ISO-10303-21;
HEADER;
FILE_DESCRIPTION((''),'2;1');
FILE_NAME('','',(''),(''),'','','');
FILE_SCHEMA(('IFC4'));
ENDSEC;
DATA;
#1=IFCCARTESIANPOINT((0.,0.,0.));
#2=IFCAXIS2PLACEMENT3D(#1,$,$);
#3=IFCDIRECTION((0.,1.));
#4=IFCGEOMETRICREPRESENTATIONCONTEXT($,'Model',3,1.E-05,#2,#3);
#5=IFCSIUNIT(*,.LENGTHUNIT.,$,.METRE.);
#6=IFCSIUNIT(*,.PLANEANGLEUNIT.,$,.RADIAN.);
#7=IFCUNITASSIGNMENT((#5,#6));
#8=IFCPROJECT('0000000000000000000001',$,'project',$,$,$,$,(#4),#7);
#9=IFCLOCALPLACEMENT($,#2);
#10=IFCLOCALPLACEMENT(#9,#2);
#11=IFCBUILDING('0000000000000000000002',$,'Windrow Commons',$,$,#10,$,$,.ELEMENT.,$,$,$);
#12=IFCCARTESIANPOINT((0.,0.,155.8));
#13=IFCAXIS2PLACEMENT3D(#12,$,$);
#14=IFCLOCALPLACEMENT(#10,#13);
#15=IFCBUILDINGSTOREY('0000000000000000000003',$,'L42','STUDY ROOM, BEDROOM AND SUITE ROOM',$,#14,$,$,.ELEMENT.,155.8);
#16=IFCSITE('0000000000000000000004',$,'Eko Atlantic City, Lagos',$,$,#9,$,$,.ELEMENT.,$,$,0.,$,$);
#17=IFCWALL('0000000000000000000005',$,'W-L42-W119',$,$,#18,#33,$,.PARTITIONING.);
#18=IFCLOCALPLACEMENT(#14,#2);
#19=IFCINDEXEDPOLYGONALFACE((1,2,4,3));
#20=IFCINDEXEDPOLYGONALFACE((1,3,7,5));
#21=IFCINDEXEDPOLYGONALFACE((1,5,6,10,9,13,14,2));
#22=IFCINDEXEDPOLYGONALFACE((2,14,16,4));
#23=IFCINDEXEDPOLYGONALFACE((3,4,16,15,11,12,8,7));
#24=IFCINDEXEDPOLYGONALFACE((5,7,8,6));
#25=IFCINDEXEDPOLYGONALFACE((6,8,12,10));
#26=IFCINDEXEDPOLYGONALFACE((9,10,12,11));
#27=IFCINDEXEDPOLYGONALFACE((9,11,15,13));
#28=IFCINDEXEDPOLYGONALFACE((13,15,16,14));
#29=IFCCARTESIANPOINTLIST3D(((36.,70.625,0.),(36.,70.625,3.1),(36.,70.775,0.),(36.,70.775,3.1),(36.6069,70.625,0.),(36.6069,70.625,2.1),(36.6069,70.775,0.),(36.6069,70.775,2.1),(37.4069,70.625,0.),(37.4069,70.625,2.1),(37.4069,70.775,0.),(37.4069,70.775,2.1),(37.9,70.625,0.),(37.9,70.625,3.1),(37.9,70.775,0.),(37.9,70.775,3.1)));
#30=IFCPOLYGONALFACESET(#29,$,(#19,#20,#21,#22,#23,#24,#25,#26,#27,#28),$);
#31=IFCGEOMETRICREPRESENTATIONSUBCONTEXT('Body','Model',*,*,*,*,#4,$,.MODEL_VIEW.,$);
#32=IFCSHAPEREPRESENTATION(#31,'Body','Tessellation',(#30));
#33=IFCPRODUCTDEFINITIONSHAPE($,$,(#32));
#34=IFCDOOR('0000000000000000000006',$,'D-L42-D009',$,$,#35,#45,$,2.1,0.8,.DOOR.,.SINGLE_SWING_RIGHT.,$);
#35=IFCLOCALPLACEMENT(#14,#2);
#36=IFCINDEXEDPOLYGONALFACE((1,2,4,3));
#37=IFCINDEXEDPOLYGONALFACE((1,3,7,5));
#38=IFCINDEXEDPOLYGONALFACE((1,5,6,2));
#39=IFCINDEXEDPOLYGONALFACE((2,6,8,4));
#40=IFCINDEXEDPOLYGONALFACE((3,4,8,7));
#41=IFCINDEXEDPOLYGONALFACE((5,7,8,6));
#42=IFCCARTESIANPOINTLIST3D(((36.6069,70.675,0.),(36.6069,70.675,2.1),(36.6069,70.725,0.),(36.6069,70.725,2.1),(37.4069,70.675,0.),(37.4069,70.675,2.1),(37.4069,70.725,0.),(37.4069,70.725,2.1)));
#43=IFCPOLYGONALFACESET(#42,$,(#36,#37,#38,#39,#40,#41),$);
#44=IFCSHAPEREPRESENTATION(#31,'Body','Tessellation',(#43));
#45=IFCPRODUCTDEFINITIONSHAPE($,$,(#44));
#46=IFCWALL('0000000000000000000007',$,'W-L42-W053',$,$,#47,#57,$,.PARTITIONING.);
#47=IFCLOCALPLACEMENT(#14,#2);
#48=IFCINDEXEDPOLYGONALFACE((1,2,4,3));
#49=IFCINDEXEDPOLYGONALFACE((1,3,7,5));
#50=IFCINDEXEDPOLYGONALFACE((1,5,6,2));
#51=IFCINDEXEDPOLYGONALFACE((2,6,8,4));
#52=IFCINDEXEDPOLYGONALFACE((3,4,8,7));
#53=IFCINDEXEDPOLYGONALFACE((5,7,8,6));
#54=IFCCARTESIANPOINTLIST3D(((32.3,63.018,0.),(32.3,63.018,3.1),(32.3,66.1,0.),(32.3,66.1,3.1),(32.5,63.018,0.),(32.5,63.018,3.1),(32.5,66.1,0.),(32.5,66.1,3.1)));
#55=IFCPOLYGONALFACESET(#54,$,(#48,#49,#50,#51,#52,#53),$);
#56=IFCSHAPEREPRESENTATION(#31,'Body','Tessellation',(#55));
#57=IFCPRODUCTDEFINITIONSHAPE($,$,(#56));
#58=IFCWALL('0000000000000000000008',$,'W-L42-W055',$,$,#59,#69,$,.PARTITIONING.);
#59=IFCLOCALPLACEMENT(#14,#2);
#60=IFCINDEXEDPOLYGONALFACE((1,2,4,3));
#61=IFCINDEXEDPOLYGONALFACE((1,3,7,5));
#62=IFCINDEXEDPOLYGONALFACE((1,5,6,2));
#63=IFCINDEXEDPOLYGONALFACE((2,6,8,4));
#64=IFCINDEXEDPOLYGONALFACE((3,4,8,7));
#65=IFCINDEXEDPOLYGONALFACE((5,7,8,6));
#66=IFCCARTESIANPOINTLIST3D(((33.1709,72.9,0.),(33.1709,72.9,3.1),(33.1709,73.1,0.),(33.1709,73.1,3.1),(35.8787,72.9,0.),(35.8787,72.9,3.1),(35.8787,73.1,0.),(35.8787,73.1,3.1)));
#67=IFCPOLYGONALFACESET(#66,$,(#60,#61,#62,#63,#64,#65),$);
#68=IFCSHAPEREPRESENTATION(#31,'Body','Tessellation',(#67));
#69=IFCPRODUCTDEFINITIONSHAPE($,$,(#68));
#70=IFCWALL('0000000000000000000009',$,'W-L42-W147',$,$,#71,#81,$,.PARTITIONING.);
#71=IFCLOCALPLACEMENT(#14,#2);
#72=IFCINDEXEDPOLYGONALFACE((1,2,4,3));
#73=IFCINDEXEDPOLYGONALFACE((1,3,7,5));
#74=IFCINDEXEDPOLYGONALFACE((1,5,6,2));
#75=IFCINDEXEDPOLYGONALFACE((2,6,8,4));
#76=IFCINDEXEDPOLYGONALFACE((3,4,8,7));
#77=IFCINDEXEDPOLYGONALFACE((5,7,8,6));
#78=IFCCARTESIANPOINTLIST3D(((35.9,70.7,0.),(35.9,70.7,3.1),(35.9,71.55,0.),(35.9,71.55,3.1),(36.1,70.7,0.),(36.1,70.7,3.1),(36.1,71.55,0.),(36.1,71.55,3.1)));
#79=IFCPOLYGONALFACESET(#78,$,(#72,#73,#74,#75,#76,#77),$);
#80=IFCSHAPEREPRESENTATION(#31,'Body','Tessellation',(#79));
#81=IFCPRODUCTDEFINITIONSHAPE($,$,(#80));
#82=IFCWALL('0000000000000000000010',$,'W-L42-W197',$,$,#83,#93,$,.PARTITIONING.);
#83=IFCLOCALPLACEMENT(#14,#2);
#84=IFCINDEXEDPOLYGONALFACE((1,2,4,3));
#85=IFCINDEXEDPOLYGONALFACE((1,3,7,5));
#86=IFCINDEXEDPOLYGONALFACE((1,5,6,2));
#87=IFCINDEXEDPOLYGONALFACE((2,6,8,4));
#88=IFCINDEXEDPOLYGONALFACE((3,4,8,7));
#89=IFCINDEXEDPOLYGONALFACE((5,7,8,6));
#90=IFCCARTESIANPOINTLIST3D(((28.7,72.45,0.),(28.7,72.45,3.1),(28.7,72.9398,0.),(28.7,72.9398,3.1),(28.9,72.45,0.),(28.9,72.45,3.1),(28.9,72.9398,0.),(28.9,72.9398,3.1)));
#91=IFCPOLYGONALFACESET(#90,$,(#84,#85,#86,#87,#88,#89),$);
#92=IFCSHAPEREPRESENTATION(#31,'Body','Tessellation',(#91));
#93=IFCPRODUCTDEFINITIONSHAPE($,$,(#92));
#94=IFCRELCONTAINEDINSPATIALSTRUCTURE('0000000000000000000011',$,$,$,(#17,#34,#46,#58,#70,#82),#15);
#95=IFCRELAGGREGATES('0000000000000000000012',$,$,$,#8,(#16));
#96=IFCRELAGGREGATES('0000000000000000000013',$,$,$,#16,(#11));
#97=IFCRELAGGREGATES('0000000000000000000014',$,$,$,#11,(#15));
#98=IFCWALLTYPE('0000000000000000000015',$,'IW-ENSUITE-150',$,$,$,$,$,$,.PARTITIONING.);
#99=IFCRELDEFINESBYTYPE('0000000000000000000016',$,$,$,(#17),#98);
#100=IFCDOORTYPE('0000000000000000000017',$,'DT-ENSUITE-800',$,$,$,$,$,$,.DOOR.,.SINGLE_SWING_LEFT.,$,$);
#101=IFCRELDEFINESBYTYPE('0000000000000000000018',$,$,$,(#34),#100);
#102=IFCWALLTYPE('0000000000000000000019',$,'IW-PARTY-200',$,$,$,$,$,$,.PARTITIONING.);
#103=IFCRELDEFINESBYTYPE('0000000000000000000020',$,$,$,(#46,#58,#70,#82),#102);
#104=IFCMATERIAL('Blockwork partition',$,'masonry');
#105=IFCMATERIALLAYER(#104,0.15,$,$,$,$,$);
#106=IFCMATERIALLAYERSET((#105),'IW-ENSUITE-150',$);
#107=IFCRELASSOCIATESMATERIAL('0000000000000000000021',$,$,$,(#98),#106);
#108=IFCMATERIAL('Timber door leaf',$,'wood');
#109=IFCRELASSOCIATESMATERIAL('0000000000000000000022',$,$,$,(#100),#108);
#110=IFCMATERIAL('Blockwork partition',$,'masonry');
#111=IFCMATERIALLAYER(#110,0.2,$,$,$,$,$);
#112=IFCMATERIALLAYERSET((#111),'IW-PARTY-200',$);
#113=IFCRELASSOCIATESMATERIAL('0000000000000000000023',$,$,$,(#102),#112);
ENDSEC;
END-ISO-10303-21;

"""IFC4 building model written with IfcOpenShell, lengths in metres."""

from ifc_helpers import new_model, si_unit, direction, frame, frame_2d, origin, place, context, subcontext, project, spatial, rectangle, extrude, material, layer, layer_set, type_object, element, fill, save


model = new_model("IFC4")

# Units and contexts
model_context = context("Model", 3, precision=1e-05, world=origin(), true_north=direction((0.0, 1.0)))
body_context = subcontext(model_context, "Body", "Model", "MODEL_VIEW")
ifc_project = project(units=[si_unit("LENGTHUNIT", "METRE"), si_unit("PLANEANGLEUNIT", "RADIAN")], contexts=[model_context])

# Site, building, storey
site_placement = place(None, origin())
site = spatial("IfcSite", under=ifc_project, at=site_placement, Name="Eko Atlantic City, Lagos", CompositionType="ELEMENT", RefElevation=0.0)
building_placement = place(site_placement, origin())
building = spatial("IfcBuilding", under=site, at=building_placement, Name="Windrow Commons", CompositionType="ELEMENT")
storey_placement = place(building_placement, frame((0.0, 0.0, 155.8)))
storey = spatial("IfcBuildingStorey", under=building, at=storey_placement, Name="L42", Description="STUDY ROOM, BEDROOM AND SUITE ROOM", CompositionType="ELEMENT", Elevation=155.8)

# Shared definitions
ifc_material_1 = material(Name="Blockwork partition", Category="masonry")
ifc_layer_1 = layer(ifc_material_1, 0.15)
ifc_layer_set_1 = layer_set([ifc_layer_1], Name="IW-ENSUITE-150")
wall_type_1 = type_object("IfcWallType", Name="IW-ENSUITE-150", PredefinedType="PARTITIONING", material=ifc_layer_set_1)

# Wall, opening, door
wall_1_placement = place(storey_placement, frame((36.0, 70.7, 0.0), z_axis=(0.0, 0.0, 1.0), x_axis=(1.0, 0.0, 0.0)))
wall_1 = element("IfcWall", 1, at=wall_1_placement, inside=storey, type_object=wall_type_1, Name="W-L42-W119", PredefinedType="PARTITIONING", context=body_context, shape_type="SweptSolid", body=[
    extrude(rectangle(XDim=1.9, YDim=0.15, at=frame_2d((0.95, 0.0))), origin(), (0.0, 0.0, 1.0), 3.1),
])
opening_1_placement = place(wall_1_placement, frame((0.6069, 0.0, 0.0)))
opening_1 = element("IfcOpeningElement", 2, at=opening_1_placement, cuts=wall_1, PredefinedType="OPENING", context=body_context, shape_type="SweptSolid", body=[
    extrude(rectangle(XDim=0.8, YDim=2.1, at=frame_2d((0.4, 1.05))), frame((0.0, 0.085, 0.0), z_axis=(0.0, -1.0, 0.0), x_axis=(1.0, 0.0, 0.0)), (0.0, 0.0, 1.0), 0.17),
])
ifc_material_2 = material(Name="Timber door leaf", Category="wood")
door_type = type_object("IfcDoorType", Name="DT-ENSUITE-800", OperationType="SINGLE_SWING_LEFT", PredefinedType="DOOR", material=ifc_material_2)
door_placement = place(opening_1_placement, origin())
door = element("IfcDoor", 3, at=door_placement, inside=storey, type_object=door_type, Name="D-L42-D009", OperationType="SINGLE_SWING_RIGHT", OverallHeight=2.1, OverallWidth=0.8, PredefinedType="DOOR", context=body_context, shape_type="SweptSolid", body=[
    extrude(rectangle(XDim=0.8, YDim=2.1, at=frame_2d((0.4, 1.05))), frame((0.0, 0.025, 0.0), z_axis=(0.0, -1.0, 0.0), x_axis=(1.0, 0.0, 0.0)), (0.0, 0.0, 1.0), 0.05),
])
fill(opening_1, door)

# Walls
ifc_material_3 = material(Name="Blockwork partition", Category="masonry")
ifc_layer_2 = layer(ifc_material_3, 0.2)
ifc_layer_set_2 = layer_set([ifc_layer_2], Name="IW-PARTY-200")
wall_type_2 = type_object("IfcWallType", Name="IW-PARTY-200", PredefinedType="PARTITIONING", material=ifc_layer_set_2)
wall_2_placement = place(storey_placement, frame((32.4, 63.018, 0.0), z_axis=(0.0, 0.0, 1.0), x_axis=(0.0, 1.0, 0.0)))
element("IfcWall", 4, at=wall_2_placement, inside=storey, type_object=wall_type_2, Name="W-L42-W053", PredefinedType="PARTITIONING", context=body_context, shape_type="SweptSolid", body=[
    extrude(rectangle(XDim=3.082, YDim=0.2, at=frame_2d((1.541, 0.0))), origin(), (0.0, 0.0, 1.0), 3.1),
])
wall_3_placement = place(storey_placement, frame((33.1709, 73.0, 0.0), z_axis=(0.0, 0.0, 1.0), x_axis=(1.0, 0.0, 0.0)))
element("IfcWall", 5, at=wall_3_placement, inside=storey, type_object=wall_type_2, Name="W-L42-W055", PredefinedType="PARTITIONING", context=body_context, shape_type="SweptSolid", body=[
    extrude(rectangle(XDim=2.7078, YDim=0.2, at=frame_2d((1.3539, 0.0))), origin(), (0.0, 0.0, 1.0), 3.1),
])
wall_4_placement = place(storey_placement, frame((36.0, 70.7, 0.0), z_axis=(0.0, 0.0, 1.0), x_axis=(0.0, 1.0, 0.0)))
element("IfcWall", 6, at=wall_4_placement, inside=storey, type_object=wall_type_2, Name="W-L42-W147", PredefinedType="PARTITIONING", context=body_context, shape_type="SweptSolid", body=[
    extrude(rectangle(XDim=0.85, YDim=0.2, at=frame_2d((0.425, 0.0))), origin(), (0.0, 0.0, 1.0), 3.1),
])
wall_5_placement = place(storey_placement, frame((28.8, 72.45, 0.0), z_axis=(0.0, 0.0, 1.0), x_axis=(0.0, 1.0, 0.0)))
element("IfcWall", 7, at=wall_5_placement, inside=storey, type_object=wall_type_2, Name="W-L42-W197", PredefinedType="PARTITIONING", context=body_context, shape_type="SweptSolid", body=[
    extrude(rectangle(XDim=0.4898, YDim=0.2, at=frame_2d((0.2449, 0.0))), origin(), (0.0, 0.0, 1.0), 3.1),
])

save(model, "model.ifc")
